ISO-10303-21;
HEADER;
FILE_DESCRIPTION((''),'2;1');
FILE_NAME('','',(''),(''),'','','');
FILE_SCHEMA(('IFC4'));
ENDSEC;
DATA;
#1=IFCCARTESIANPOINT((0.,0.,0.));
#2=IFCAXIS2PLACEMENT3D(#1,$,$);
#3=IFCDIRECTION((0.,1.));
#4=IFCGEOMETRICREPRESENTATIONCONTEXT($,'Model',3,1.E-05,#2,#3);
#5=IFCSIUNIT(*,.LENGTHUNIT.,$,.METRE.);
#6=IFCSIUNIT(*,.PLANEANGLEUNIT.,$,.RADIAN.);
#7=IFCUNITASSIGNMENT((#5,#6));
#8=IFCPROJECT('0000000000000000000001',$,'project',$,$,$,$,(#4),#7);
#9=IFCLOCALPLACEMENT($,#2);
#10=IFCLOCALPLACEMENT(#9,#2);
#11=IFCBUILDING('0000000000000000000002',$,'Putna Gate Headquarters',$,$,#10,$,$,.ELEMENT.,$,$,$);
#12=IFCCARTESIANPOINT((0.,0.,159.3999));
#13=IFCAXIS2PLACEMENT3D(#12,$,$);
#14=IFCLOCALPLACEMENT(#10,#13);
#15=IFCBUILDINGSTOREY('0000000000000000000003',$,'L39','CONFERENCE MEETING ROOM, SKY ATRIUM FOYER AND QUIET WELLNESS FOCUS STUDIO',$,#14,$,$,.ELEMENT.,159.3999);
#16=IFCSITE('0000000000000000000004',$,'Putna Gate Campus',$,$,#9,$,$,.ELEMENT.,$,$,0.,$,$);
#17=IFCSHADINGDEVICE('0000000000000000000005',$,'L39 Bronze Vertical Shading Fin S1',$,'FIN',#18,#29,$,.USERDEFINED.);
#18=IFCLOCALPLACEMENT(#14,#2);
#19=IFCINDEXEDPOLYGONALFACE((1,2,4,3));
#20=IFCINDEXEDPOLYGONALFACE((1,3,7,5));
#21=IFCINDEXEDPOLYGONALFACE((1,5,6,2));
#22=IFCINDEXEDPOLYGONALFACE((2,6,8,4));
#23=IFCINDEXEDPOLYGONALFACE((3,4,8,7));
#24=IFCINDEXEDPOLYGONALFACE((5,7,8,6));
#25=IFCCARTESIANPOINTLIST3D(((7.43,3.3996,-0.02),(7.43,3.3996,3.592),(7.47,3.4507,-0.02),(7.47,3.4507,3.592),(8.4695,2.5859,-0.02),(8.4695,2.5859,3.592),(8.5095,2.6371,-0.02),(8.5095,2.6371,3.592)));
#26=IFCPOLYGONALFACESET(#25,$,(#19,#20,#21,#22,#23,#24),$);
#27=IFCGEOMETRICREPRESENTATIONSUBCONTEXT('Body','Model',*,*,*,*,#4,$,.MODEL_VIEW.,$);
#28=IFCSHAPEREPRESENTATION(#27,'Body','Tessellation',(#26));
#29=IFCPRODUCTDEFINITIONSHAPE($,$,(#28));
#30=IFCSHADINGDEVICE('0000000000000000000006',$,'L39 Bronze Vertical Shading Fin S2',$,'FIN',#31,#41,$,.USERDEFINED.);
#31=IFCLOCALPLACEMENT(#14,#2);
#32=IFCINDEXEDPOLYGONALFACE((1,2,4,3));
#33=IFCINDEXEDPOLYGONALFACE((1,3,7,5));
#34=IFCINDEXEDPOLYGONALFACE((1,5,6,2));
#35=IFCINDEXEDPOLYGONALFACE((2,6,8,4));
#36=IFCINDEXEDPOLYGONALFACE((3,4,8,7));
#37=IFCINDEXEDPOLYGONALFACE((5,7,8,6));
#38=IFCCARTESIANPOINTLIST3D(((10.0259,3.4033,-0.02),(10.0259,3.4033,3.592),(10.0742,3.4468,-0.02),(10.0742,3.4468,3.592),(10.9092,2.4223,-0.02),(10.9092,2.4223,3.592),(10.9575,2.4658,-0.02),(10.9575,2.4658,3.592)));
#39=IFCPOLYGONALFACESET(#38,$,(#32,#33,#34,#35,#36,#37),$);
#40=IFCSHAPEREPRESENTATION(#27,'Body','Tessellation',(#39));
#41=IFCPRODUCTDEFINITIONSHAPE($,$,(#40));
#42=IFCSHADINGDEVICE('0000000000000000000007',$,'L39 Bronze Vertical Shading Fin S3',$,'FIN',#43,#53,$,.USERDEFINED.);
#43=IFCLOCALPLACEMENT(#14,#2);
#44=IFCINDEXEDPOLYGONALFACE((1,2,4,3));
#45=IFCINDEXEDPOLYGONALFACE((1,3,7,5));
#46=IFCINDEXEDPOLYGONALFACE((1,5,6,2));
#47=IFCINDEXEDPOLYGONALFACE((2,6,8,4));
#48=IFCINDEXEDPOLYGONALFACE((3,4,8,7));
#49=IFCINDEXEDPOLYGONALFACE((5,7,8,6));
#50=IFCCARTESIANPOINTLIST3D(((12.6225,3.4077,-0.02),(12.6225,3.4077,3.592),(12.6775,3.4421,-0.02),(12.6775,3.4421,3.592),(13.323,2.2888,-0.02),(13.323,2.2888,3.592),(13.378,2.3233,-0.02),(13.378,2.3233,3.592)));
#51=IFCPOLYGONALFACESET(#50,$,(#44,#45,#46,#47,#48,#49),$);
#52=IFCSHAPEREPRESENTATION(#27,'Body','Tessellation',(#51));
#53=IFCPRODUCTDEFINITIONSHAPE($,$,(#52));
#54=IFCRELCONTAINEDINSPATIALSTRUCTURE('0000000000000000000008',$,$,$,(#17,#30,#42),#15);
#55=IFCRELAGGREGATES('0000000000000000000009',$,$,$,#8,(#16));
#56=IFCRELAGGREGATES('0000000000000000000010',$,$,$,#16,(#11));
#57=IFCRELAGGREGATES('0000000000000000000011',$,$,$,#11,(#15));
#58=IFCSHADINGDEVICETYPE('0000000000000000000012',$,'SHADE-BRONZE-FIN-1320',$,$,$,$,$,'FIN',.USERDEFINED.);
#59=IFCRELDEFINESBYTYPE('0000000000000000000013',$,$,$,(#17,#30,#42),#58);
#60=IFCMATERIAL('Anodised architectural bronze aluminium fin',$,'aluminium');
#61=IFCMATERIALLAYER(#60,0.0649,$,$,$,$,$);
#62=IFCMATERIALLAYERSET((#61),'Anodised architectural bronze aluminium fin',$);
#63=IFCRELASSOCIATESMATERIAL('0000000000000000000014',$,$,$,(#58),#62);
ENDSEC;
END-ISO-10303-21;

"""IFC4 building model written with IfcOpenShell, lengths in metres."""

from ifc_helpers import new_model, si_unit, direction, frame, origin, origin_2d, place, context, subcontext, project, spatial, rectangle, extrude, material, layer, layer_set, type_object, element, save


model = new_model("IFC4")

# Units and contexts
model_context = context("Model", 3, precision=1e-05, world=origin(), true_north=direction((0.0, 1.0)))
body_context = subcontext(model_context, "Body", "Model", "MODEL_VIEW")
ifc_project = project(units=[si_unit("LENGTHUNIT", "METRE"), si_unit("PLANEANGLEUNIT", "RADIAN")], contexts=[model_context])

# Site, building, storey
site_placement = place(None, origin())
site = spatial("IfcSite", under=ifc_project, at=site_placement, Name="Putna Gate Campus", CompositionType="ELEMENT", RefElevation=0.0)
building_placement = place(site_placement, origin())
building = spatial("IfcBuilding", under=site, at=building_placement, Name="Putna Gate Headquarters", CompositionType="ELEMENT")
storey_placement = place(building_placement, frame((0.0, 0.0, 159.3999)))
storey = spatial("IfcBuildingStorey", under=building, at=storey_placement, Name="L39", Description="CONFERENCE MEETING ROOM, SKY ATRIUM FOYER AND QUIET WELLNESS FOCUS STUDIO", CompositionType="ELEMENT", Elevation=159.3999)

# Shading devices
ifc_material_1 = material(Name="Anodised architectural bronze aluminium fin", Category="aluminium")
ifc_layer_1 = layer(ifc_material_1, 0.0649)
ifc_layer_set_1 = layer_set([ifc_layer_1], Name="Anodised architectural bronze aluminium fin")
shading_device_type = type_object("IfcShadingDeviceType", Name="SHADE-BRONZE-FIN-1320", ElementType="FIN", PredefinedType="USERDEFINED", material=ifc_layer_set_1)
for number, where, z_axis, x_axis, name in (
    (1, (7.9697, 3.0183, -0.02), (0.0, 0.0, 1.0), (0.787473, -0.616349, 0.0), "L39 Bronze Vertical Shading Fin S1"),
    (2, (10.4917, 2.9346, -0.02), (0.0, 0.0, 1.0), (0.669131, -0.743145, 0.0), "L39 Bronze Vertical Shading Fin S2"),
    (3, (13.0002, 2.8655, -0.02), (0.0, 0.0, 1.0), (0.530659, -0.847585, 0.0), "L39 Bronze Vertical Shading Fin S3"),
):
    element("IfcShadingDevice", number, at=place(storey_placement, frame(where, z_axis=z_axis, x_axis=x_axis)), inside=storey, type_object=shading_device_type, Name=name, ObjectType="FIN", PredefinedType="USERDEFINED", context=body_context, shape_type="SweptSolid", body=[
        extrude(rectangle(XDim=1.3201, YDim=0.0649, at=origin_2d()), origin(), (0.0, 0.0, 1.0), 3.6121),
    ])

save(model, "model.ifc")
